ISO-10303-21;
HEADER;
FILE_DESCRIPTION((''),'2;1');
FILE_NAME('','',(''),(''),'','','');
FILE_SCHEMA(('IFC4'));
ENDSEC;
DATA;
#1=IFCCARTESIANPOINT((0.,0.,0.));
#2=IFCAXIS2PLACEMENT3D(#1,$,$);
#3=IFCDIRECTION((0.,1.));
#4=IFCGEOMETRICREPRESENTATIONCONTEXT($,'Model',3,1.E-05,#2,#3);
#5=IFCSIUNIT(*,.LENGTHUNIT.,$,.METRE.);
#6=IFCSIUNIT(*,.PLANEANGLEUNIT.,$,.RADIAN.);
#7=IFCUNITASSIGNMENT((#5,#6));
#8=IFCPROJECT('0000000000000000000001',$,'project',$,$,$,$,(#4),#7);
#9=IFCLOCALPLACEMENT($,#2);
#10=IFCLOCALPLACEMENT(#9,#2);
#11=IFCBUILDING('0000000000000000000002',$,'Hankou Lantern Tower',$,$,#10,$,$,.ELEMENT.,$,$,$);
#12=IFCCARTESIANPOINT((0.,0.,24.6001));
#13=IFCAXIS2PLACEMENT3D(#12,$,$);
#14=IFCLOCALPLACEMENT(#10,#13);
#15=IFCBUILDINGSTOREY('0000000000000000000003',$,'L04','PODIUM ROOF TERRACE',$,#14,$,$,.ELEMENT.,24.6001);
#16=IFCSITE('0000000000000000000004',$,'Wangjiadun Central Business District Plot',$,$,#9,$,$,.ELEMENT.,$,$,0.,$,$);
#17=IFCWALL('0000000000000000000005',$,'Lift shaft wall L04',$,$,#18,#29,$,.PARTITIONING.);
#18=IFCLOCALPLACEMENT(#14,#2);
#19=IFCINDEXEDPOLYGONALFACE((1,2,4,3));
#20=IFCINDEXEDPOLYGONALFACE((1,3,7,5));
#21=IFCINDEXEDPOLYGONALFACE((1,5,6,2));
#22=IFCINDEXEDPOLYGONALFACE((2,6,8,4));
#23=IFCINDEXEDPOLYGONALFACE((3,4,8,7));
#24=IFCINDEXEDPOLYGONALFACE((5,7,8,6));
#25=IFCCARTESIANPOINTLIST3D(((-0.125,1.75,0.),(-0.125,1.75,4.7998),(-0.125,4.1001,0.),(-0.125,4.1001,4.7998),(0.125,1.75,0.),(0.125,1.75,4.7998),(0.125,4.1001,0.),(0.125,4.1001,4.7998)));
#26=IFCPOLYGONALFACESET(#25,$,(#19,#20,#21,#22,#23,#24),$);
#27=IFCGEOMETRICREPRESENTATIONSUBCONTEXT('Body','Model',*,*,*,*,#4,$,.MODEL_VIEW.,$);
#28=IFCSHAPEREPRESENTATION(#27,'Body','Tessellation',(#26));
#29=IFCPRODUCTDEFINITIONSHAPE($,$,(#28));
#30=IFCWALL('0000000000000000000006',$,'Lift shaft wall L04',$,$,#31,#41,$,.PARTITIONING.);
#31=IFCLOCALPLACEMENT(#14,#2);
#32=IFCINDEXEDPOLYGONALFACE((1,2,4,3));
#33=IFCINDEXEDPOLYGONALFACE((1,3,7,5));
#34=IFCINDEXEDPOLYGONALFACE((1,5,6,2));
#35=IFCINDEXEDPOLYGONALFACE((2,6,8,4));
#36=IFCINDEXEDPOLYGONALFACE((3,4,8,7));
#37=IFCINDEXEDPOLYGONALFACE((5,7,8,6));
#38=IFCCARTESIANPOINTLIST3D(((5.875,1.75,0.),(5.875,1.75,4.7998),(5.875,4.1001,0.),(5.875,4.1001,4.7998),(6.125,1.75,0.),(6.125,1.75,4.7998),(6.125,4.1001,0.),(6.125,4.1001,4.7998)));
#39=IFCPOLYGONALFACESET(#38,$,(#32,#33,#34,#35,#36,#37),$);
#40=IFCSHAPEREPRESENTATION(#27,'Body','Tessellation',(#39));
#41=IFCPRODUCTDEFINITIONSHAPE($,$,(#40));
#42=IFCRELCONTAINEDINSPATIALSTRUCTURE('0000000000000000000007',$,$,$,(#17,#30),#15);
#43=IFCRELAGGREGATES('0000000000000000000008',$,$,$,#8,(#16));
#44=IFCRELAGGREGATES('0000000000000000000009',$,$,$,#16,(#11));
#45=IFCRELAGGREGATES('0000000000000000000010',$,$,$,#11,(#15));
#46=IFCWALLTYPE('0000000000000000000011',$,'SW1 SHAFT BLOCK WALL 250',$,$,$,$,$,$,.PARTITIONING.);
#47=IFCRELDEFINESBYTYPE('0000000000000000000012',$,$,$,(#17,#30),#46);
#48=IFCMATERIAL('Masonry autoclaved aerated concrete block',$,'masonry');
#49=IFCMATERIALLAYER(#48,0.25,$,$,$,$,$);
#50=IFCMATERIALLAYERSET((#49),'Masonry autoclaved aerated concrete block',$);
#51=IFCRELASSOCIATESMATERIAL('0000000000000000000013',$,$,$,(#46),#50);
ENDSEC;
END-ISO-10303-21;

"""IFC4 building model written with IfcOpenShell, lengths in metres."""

from ifc_helpers import new_model, si_unit, direction, frame, frame_2d, origin, place, context, subcontext, project, spatial, rectangle, extrude, material, layer, layer_set, type_object, element, save


model = new_model("IFC4")

# Units and contexts
model_context = context("Model", 3, precision=1e-05, world=origin(), true_north=direction((0.0, 1.0)))
body_context = subcontext(model_context, "Body", "Model", "MODEL_VIEW")
ifc_project = project(units=[si_unit("LENGTHUNIT", "METRE"), si_unit("PLANEANGLEUNIT", "RADIAN")], contexts=[model_context])

# Site, building, storey
site_placement = place(None, origin())
site = spatial("IfcSite", under=ifc_project, at=site_placement, Name="Wangjiadun Central Business District Plot", CompositionType="ELEMENT", RefElevation=0.0)
building_placement = place(site_placement, origin())
building = spatial("IfcBuilding", under=site, at=building_placement, Name="Hankou Lantern Tower", CompositionType="ELEMENT")
storey_placement = place(building_placement, frame((0.0, 0.0, 24.6001)))
storey = spatial("IfcBuildingStorey", under=building, at=storey_placement, Name="L04", Description="PODIUM ROOF TERRACE", CompositionType="ELEMENT", Elevation=24.6001)

# Walls
ifc_material_1 = material(Name="Masonry autoclaved aerated concrete block", Category="masonry")
ifc_layer_1 = layer(ifc_material_1, 0.25)
ifc_layer_set_1 = layer_set([ifc_layer_1], Name="Masonry autoclaved aerated concrete block")
wall_type_1 = type_object("IfcWallType", Name="SW1 SHAFT BLOCK WALL 250", PredefinedType="PARTITIONING", material=ifc_layer_set_1)
for number, where, z_axis, x_axis, name in (
    (1, (0.0, 1.75, 0.0), (0.0, 0.0, 1.0), (0.0, 1.0, 0.0), "Lift shaft wall L04"),
    (2, (6.0, 1.75, 0.0), (0.0, 0.0, 1.0), (0.0, 1.0, 0.0), "Lift shaft wall L04"),
):
    element("IfcWall", number, at=place(storey_placement, frame(where, z_axis=z_axis, x_axis=x_axis)), inside=storey, type_object=wall_type_1, Name=name, PredefinedType="PARTITIONING", context=body_context, shape_type="SweptSolid", body=[
        extrude(rectangle(XDim=2.3501, YDim=0.25, at=frame_2d((1.175, 0.0))), origin(), (0.0, 0.0, 1.0), 4.7998),
    ])

save(model, "model.ifc")
